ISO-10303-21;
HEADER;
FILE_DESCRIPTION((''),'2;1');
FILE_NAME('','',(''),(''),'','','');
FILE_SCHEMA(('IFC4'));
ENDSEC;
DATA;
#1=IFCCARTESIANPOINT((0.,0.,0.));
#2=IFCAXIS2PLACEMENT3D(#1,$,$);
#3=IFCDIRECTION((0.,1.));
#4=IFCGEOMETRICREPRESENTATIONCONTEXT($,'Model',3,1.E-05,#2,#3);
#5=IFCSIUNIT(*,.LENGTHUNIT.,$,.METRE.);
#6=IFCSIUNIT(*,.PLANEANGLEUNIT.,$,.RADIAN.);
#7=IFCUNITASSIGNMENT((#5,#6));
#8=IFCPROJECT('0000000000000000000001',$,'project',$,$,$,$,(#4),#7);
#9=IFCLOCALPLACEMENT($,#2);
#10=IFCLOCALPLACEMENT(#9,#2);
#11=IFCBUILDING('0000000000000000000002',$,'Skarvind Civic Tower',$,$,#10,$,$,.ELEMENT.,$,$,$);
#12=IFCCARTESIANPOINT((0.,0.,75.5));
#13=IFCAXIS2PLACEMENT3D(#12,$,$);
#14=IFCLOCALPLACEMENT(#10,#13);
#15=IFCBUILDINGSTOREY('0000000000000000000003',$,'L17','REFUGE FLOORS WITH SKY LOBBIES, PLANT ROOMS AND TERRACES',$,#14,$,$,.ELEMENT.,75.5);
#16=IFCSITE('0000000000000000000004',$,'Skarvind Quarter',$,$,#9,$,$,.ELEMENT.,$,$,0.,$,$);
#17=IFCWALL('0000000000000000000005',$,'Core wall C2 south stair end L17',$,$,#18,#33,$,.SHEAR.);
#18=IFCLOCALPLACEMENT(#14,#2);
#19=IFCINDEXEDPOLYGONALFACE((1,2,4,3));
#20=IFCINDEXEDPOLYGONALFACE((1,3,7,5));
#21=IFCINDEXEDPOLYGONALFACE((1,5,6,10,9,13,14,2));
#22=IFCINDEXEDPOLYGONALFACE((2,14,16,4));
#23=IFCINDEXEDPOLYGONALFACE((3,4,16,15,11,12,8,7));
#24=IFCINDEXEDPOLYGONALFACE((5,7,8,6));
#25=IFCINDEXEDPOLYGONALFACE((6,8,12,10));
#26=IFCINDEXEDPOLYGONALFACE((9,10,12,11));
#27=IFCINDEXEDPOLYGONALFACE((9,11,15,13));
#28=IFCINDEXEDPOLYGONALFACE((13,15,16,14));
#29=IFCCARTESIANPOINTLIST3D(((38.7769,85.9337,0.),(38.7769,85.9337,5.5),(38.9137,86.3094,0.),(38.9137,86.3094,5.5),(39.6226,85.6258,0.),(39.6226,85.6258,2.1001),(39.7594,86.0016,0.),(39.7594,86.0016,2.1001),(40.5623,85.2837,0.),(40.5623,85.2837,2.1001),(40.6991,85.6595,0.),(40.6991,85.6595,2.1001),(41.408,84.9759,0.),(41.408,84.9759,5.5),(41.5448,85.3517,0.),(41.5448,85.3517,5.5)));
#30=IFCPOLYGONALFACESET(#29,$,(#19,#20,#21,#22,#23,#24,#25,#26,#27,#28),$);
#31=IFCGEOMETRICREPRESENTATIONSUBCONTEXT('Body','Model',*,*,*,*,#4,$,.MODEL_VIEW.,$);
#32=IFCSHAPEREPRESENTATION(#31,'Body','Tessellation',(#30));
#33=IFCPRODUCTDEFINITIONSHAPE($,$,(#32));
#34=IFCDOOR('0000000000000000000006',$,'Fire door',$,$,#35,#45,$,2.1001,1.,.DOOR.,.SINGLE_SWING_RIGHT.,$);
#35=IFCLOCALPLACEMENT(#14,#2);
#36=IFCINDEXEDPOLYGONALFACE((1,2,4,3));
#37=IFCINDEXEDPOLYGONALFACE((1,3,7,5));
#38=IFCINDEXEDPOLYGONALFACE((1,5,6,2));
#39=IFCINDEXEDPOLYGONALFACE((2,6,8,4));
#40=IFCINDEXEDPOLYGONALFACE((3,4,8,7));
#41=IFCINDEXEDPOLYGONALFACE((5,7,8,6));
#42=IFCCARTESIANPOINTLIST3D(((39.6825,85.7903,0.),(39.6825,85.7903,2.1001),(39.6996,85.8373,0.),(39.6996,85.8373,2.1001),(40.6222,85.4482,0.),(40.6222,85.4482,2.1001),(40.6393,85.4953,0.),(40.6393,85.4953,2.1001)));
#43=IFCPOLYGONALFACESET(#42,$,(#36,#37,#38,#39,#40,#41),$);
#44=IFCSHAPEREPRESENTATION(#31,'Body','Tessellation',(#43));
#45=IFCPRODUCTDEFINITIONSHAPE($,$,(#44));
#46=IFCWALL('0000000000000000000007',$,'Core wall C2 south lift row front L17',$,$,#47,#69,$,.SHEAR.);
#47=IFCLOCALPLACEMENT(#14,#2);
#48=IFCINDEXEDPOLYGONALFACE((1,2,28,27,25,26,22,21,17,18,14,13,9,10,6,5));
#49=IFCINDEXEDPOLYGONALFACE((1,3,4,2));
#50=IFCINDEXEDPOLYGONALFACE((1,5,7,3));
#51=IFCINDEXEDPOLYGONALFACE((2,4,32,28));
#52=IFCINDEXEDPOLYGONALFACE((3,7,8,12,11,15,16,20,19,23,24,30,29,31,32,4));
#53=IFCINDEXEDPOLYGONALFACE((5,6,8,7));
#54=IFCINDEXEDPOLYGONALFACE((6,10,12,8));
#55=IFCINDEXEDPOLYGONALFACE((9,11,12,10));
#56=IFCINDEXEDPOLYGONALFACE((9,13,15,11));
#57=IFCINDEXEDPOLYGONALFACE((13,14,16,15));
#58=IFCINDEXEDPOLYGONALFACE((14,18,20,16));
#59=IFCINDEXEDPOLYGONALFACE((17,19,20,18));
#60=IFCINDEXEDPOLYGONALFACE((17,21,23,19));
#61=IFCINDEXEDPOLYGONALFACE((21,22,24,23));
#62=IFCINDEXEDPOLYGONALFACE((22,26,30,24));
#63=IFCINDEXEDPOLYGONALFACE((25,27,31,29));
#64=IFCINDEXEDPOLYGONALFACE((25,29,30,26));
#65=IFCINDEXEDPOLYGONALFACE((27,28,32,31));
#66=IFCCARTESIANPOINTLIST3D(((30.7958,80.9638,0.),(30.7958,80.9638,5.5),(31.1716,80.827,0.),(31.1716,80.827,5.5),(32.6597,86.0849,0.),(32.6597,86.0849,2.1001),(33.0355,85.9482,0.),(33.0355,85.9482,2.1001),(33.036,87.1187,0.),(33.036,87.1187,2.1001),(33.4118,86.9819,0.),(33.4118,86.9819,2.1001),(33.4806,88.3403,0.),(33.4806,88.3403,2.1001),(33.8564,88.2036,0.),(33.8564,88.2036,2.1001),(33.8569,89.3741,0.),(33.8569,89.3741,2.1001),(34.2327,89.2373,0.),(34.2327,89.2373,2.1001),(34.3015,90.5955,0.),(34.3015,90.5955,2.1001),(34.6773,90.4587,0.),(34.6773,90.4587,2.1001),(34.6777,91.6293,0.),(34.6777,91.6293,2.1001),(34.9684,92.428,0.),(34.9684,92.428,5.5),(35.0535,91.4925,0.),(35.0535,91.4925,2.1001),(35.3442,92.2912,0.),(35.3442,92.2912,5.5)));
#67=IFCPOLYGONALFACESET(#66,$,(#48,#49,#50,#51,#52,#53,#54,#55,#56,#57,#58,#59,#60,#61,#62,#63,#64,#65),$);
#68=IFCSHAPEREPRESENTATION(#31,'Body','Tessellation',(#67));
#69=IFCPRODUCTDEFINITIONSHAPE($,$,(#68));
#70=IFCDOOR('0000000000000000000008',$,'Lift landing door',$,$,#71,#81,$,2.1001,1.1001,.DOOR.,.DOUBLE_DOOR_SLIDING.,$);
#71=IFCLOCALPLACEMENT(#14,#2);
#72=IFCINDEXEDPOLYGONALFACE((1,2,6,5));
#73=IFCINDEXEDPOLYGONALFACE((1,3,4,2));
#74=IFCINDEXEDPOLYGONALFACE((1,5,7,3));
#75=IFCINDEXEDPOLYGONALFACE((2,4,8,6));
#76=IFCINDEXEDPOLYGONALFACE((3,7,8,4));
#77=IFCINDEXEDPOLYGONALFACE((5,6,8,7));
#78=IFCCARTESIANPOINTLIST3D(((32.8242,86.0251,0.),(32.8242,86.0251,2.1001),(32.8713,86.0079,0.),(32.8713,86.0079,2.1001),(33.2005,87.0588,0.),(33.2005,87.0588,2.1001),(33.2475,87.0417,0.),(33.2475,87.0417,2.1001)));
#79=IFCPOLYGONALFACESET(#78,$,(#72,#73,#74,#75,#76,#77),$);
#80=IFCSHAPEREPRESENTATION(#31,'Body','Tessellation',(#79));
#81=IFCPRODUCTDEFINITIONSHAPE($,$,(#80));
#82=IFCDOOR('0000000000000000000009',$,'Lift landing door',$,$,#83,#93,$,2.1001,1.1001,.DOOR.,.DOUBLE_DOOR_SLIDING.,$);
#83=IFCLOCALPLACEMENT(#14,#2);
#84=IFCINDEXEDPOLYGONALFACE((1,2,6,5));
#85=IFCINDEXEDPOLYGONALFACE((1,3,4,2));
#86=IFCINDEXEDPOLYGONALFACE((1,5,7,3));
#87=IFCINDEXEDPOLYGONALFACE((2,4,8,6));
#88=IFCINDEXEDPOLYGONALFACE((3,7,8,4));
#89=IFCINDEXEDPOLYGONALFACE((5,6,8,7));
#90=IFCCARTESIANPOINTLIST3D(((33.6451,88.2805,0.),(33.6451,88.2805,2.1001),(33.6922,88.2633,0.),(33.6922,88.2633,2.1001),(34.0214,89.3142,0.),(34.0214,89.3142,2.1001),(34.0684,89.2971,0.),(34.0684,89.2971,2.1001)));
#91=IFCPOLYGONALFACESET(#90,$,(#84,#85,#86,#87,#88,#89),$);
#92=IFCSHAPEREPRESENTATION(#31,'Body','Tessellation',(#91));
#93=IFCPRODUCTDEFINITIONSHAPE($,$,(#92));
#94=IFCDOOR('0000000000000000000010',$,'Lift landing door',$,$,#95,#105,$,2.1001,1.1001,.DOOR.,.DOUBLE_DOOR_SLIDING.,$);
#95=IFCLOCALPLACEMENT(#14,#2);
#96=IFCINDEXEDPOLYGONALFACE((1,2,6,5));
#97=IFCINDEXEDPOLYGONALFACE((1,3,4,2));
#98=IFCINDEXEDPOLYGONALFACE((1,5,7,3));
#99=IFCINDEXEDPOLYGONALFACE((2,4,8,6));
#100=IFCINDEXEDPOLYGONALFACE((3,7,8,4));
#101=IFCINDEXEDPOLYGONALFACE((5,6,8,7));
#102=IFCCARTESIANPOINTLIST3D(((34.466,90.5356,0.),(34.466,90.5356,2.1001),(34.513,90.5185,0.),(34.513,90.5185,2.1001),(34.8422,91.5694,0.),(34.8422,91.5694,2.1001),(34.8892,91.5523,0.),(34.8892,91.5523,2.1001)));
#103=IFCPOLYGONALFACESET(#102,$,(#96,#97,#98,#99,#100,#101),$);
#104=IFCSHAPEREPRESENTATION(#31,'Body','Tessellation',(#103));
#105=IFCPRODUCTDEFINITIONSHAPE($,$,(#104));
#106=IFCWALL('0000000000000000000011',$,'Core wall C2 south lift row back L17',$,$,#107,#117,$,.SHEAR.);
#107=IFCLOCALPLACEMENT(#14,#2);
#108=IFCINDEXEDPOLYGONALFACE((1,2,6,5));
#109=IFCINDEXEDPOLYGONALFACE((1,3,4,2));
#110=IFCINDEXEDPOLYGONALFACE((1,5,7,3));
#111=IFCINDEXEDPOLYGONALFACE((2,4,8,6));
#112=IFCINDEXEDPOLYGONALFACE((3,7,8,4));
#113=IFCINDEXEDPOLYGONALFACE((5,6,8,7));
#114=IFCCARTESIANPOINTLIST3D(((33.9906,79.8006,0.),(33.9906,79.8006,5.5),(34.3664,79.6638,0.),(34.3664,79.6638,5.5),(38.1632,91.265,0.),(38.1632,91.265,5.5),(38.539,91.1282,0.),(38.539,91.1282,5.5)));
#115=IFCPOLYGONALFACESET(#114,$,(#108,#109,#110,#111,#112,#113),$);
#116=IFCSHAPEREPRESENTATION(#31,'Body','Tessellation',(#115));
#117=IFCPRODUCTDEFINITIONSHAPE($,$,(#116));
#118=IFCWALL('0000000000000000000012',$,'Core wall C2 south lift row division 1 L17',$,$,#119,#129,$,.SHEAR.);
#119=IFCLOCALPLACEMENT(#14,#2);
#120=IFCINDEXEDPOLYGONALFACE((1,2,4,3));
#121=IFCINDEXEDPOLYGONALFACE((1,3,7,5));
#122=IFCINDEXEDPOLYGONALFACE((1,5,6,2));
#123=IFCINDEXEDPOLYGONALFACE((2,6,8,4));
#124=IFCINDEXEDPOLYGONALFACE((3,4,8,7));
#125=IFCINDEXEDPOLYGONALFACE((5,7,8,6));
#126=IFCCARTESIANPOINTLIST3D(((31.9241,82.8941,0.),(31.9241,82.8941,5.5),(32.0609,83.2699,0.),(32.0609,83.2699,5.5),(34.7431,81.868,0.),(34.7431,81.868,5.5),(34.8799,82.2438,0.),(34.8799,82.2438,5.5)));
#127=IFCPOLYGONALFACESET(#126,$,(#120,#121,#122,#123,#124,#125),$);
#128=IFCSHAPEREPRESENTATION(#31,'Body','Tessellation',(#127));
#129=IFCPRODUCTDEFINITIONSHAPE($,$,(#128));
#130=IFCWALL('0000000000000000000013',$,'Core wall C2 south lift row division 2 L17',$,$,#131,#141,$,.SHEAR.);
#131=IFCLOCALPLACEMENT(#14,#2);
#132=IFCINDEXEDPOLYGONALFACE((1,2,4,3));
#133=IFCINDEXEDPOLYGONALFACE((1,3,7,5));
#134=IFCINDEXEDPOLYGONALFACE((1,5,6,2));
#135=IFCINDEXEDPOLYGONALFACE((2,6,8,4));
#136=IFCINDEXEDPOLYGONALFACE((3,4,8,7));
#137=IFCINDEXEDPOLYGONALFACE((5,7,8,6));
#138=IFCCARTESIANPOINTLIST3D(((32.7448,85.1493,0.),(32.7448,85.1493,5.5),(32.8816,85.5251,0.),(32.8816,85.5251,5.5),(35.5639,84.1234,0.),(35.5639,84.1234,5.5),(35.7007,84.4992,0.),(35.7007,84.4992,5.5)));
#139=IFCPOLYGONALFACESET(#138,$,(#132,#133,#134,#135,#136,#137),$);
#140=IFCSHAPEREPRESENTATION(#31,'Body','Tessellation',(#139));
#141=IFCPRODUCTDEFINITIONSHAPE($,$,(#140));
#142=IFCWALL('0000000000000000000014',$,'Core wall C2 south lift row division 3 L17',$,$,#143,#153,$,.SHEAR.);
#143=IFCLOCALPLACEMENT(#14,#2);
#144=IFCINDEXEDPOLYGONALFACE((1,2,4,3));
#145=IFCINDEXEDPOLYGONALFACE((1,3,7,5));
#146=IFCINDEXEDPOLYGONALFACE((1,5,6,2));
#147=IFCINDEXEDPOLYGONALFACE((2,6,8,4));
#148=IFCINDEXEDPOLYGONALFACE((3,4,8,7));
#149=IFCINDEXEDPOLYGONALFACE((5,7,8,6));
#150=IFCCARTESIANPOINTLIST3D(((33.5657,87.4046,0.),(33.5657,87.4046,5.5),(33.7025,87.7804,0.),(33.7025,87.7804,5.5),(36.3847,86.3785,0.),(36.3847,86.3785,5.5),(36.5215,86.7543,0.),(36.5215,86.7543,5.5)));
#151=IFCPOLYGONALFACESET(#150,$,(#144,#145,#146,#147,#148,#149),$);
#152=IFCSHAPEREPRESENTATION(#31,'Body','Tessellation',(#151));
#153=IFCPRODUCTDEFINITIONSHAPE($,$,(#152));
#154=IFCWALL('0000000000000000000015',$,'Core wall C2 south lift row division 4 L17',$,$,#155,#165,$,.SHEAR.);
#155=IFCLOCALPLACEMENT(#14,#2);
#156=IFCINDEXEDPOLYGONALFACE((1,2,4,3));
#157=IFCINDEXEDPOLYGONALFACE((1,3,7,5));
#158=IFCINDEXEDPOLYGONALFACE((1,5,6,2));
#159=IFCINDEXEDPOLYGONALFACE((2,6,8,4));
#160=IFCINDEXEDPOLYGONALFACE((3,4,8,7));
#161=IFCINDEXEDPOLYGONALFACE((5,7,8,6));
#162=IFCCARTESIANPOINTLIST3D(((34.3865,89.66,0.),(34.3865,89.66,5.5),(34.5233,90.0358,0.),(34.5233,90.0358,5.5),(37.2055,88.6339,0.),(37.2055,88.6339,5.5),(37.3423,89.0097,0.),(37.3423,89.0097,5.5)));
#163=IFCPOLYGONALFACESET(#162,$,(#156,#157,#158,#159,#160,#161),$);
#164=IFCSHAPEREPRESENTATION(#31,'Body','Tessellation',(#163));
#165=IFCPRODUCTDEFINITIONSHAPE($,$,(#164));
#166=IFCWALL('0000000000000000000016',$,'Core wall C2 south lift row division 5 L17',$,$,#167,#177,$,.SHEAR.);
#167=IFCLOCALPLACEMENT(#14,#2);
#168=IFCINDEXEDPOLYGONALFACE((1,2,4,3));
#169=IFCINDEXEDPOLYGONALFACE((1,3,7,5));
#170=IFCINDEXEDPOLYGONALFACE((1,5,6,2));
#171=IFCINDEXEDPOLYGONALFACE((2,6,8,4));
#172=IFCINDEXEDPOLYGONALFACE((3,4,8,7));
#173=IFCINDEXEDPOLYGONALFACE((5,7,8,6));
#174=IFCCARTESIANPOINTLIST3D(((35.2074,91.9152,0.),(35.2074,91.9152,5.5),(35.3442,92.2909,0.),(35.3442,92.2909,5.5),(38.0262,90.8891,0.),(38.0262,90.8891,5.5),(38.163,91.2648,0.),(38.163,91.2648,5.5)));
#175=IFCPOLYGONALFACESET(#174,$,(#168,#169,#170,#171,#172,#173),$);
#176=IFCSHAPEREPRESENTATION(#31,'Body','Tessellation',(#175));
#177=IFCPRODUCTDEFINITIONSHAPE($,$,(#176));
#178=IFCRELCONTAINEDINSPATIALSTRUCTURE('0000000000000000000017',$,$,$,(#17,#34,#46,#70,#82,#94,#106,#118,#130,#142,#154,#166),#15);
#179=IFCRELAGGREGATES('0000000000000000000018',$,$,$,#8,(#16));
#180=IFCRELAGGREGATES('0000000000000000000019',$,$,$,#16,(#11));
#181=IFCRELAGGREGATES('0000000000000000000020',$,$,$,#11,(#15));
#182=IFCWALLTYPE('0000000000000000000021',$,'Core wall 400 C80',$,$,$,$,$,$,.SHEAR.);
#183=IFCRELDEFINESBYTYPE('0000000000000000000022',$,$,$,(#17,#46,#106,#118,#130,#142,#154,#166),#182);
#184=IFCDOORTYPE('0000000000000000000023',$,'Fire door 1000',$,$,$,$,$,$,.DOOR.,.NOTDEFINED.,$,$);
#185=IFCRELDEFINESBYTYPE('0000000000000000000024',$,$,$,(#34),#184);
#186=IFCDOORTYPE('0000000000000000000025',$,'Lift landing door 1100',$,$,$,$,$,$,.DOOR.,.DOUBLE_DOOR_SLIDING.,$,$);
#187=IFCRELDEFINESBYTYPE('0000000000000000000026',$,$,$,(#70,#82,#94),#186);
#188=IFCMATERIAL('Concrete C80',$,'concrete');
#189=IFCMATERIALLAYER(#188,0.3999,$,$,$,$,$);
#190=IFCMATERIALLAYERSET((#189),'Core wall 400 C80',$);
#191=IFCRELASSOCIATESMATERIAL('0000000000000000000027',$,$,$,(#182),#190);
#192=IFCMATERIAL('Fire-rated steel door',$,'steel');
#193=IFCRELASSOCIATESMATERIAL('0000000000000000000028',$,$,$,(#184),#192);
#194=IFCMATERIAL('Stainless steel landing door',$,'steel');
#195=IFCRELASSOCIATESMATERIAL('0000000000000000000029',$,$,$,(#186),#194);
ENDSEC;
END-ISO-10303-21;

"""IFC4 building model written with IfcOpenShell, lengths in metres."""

from ifc_helpers import new_model, si_unit, direction, frame, frame_2d, origin, place, context, subcontext, project, spatial, rectangle, extrude, material, layer, layer_set, type_object, element, fill, save


model = new_model("IFC4")

# Units and contexts
model_context = context("Model", 3, precision=1e-05, world=origin(), true_north=direction((0.0, 1.0)))
body_context = subcontext(model_context, "Body", "Model", "MODEL_VIEW")
ifc_project = project(units=[si_unit("LENGTHUNIT", "METRE"), si_unit("PLANEANGLEUNIT", "RADIAN")], contexts=[model_context])

# Site, building, storey
site_placement = place(None, origin())
site = spatial("IfcSite", under=ifc_project, at=site_placement, Name="Skarvind Quarter", CompositionType="ELEMENT", RefElevation=0.0)
building_placement = place(site_placement, origin())
building = spatial("IfcBuilding", under=site, at=building_placement, Name="Skarvind Civic Tower", CompositionType="ELEMENT")
storey_placement = place(building_placement, frame((0.0, 0.0, 75.5)))
storey = spatial("IfcBuildingStorey", under=building, at=storey_placement, Name="L17", Description="REFUGE FLOORS WITH SKY LOBBIES, PLANT ROOMS AND TERRACES", CompositionType="ELEMENT", Elevation=75.5)

# Wall, opening, door
ifc_material_1 = material(Name="Concrete C80", Category="concrete")
ifc_layer_1 = layer(ifc_material_1, 0.3999)
ifc_layer_set_1 = layer_set([ifc_layer_1], Name="Core wall 400 C80")
wall_type_1 = type_object("IfcWallType", Name="Core wall 400 C80", PredefinedType="SHEAR", material=ifc_layer_set_1)
wall_1_placement = place(storey_placement, frame((41.4763, 85.1638, 0.0), z_axis=(0.0, 0.0, 1.0), x_axis=(-0.939679, 0.342058, 0.0)))
wall_1 = element("IfcWall", 1, at=wall_1_placement, inside=storey, type_object=wall_type_1, Name="Core wall C2 south stair end L17", PredefinedType="SHEAR", context=body_context, shape_type="SweptSolid", body=[
    extrude(rectangle(XDim=2.8, YDim=0.3999, at=frame_2d((1.3999, 0.0))), origin(), (0.0, 0.0, 1.0), 5.5),
])
opening_1_placement = place(wall_1_placement, frame((0.8999, 0.0, 0.0)))
opening_1 = element("IfcOpeningElement", 2, at=opening_1_placement, cuts=wall_1, PredefinedType="OPENING", context=body_context, shape_type="SweptSolid", body=[
    extrude(rectangle(XDim=1.0, YDim=2.1001, at=frame_2d((0.5, 1.05))), frame((0.0, 0.21, 0.0), z_axis=(0.0, -1.0, 0.0), x_axis=(1.0, 0.0, 0.0)), (0.0, 0.0, 1.0), 0.4199),
])
ifc_material_2 = material(Name="Fire-rated steel door", Category="steel")
door_type_1 = type_object("IfcDoorType", Name="Fire door 1000", OperationType="NOTDEFINED", PredefinedType="DOOR", material=ifc_material_2)
door_1_placement = place(opening_1_placement, origin())
door_1 = element("IfcDoor", 3, at=door_1_placement, inside=storey, type_object=door_type_1, Name="Fire door", OperationType="SINGLE_SWING_RIGHT", OverallHeight=2.1001, OverallWidth=1.0, PredefinedType="DOOR", context=body_context, shape_type="SweptSolid", body=[
    extrude(rectangle(XDim=1.0, YDim=2.1001, at=frame_2d((0.5, 1.05))), frame((0.0, 0.0249, 0.0), z_axis=(0.0, -1.0, 0.0), x_axis=(1.0, 0.0, 0.0)), (0.0, 0.0, 1.0), 0.05),
])
fill(opening_1, door_1)

# Wall, openings, doors
wall_2_placement = place(storey_placement, frame((30.9836, 80.8953, 0.0), z_axis=(0.0, 0.0, 1.0), x_axis=(0.342021, 0.939692, 0.0)))
wall_2 = element("IfcWall", 4, at=wall_2_placement, inside=storey, type_object=wall_type_1, Name="Core wall C2 south lift row front L17", PredefinedType="SHEAR", context=body_context, shape_type="SweptSolid", body=[
    extrude(rectangle(XDim=12.2, YDim=0.3999, at=frame_2d((6.1001, 0.0))), origin(), (0.0, 0.0, 1.0), 5.5),
])
opening_2_placement = place(wall_2_placement, frame((5.45, 0.0, 0.0)))
opening_2 = element("IfcOpeningElement", 5, at=opening_2_placement, cuts=wall_2, PredefinedType="OPENING", context=body_context, shape_type="SweptSolid", body=[
    extrude(rectangle(XDim=1.1001, YDim=2.1001, at=frame_2d((0.55, 1.05))), frame((0.0, 0.21, 0.0), z_axis=(0.0, -1.0, 0.0), x_axis=(1.0, 0.0, 0.0)), (0.0, 0.0, 1.0), 0.4199),
])
opening_3_placement = place(wall_2_placement, frame((7.8501, 0.0, 0.0)))
opening_3 = element("IfcOpeningElement", 6, at=opening_3_placement, cuts=wall_2, PredefinedType="OPENING", context=body_context, shape_type="SweptSolid", body=[
    extrude(rectangle(XDim=1.1001, YDim=2.1001, at=frame_2d((0.55, 1.05))), frame((0.0, 0.21, 0.0), z_axis=(0.0, -1.0, 0.0), x_axis=(1.0, 0.0, 0.0)), (0.0, 0.0, 1.0), 0.4199),
])
opening_4_placement = place(wall_2_placement, frame((10.25, 0.0, 0.0)))
opening_4 = element("IfcOpeningElement", 7, at=opening_4_placement, cuts=wall_2, PredefinedType="OPENING", context=body_context, shape_type="SweptSolid", body=[
    extrude(rectangle(XDim=1.1001, YDim=2.1001, at=frame_2d((0.55, 1.05))), frame((0.0, 0.21, 0.0), z_axis=(0.0, -1.0, 0.0), x_axis=(1.0, 0.0, 0.0)), (0.0, 0.0, 1.0), 0.4199),
])
ifc_material_3 = material(Name="Stainless steel landing door", Category="steel")
door_type_2 = type_object("IfcDoorType", Name="Lift landing door 1100", OperationType="DOUBLE_DOOR_SLIDING", PredefinedType="DOOR", material=ifc_material_3)
door_2_placement = place(opening_2_placement, origin())
door_2 = element("IfcDoor", 8, at=door_2_placement, inside=storey, type_object=door_type_2, Name="Lift landing door", OperationType="DOUBLE_DOOR_SLIDING", OverallHeight=2.1001, OverallWidth=1.1001, PredefinedType="DOOR", context=body_context, shape_type="SweptSolid", body=[
    extrude(rectangle(XDim=1.1001, YDim=2.1001, at=frame_2d((0.55, 1.05))), frame((0.0, 0.0249, 0.0), z_axis=(0.0, -1.0, 0.0), x_axis=(1.0, 0.0, 0.0)), (0.0, 0.0, 1.0), 0.05),
])
fill(opening_2, door_2)
door_3_placement = place(opening_3_placement, origin())
door_3 = element("IfcDoor", 9, at=door_3_placement, inside=storey, type_object=door_type_2, Name="Lift landing door", OperationType="DOUBLE_DOOR_SLIDING", OverallHeight=2.1001, OverallWidth=1.1001, PredefinedType="DOOR", context=body_context, shape_type="SweptSolid", body=[
    extrude(rectangle(XDim=1.1001, YDim=2.1001, at=frame_2d((0.55, 1.05))), frame((0.0, 0.0249, 0.0), z_axis=(0.0, -1.0, 0.0), x_axis=(1.0, 0.0, 0.0)), (0.0, 0.0, 1.0), 0.05),
])
fill(opening_3, door_3)
door_4_placement = place(opening_4_placement, origin())
door_4 = element("IfcDoor", 10, at=door_4_placement, inside=storey, type_object=door_type_2, Name="Lift landing door", OperationType="DOUBLE_DOOR_SLIDING", OverallHeight=2.1001, OverallWidth=1.1001, PredefinedType="DOOR", context=body_context, shape_type="SweptSolid", body=[
    extrude(rectangle(XDim=1.1001, YDim=2.1001, at=frame_2d((0.55, 1.05))), frame((0.0, 0.0249, 0.0), z_axis=(0.0, -1.0, 0.0), x_axis=(1.0, 0.0, 0.0)), (0.0, 0.0, 1.0), 0.05),
])
fill(opening_4, door_4)

# Walls
wall_3_placement = place(storey_placement, frame((34.1785, 79.7322, 0.0), z_axis=(0.0, 0.0, 1.0), x_axis=(0.342015, 0.939695, 0.0)))
element("IfcWall", 11, at=wall_3_placement, inside=storey, type_object=wall_type_1, Name="Core wall C2 south lift row back L17", PredefinedType="SHEAR", context=body_context, shape_type="SweptSolid", body=[
    extrude(rectangle(XDim=12.2002, YDim=0.3999, at=frame_2d((6.1001, 0.0))), origin(), (0.0, 0.0, 1.0), 5.5),
])
for number, where, z_axis, x_axis, name in (
    (12, (34.8115, 82.0559, 0.0), (0.0, 0.0, 1.0), (-0.939686, 0.342037, 0.0), "Core wall C2 south lift row division 1 L17"),
    (13, (35.6323, 84.3113, 0.0), (0.0, 0.0, 1.0), (-0.939713, 0.341965, 0.0), "Core wall C2 south lift row division 2 L17"),
    (14, (36.4531, 86.5664, 0.0), (0.0, 0.0, 1.0), (-0.939686, 0.342037, 0.0), "Core wall C2 south lift row division 3 L17"),
    (15, (37.2739, 88.8218, 0.0), (0.0, 0.0, 1.0), (-0.939686, 0.342037, 0.0), "Core wall C2 south lift row division 4 L17"),
):
    element("IfcWall", number, at=place(storey_placement, frame(where, z_axis=z_axis, x_axis=x_axis)), inside=storey, type_object=wall_type_1, Name=name, PredefinedType="SHEAR", context=body_context, shape_type="SweptSolid", body=[
        extrude(rectangle(XDim=3.0, YDim=0.3999, at=frame_2d((1.5, 0.0))), origin(), (0.0, 0.0, 1.0), 5.5),
    ])
wall_4_placement = place(storey_placement, frame((38.0947, 91.0769, 0.0), z_axis=(0.0, 0.0, 1.0), x_axis=(-0.939677, 0.342063, 0.0)))
element("IfcWall", 16, at=wall_4_placement, inside=storey, type_object=wall_type_1, Name="Core wall C2 south lift row division 5 L17", PredefinedType="SHEAR", context=body_context, shape_type="SweptSolid", body=[
    extrude(rectangle(XDim=2.9998, YDim=0.3999, at=frame_2d((1.5, 0.0))), origin(), (0.0, 0.0, 1.0), 5.5),
])

save(model, "model.ifc")
